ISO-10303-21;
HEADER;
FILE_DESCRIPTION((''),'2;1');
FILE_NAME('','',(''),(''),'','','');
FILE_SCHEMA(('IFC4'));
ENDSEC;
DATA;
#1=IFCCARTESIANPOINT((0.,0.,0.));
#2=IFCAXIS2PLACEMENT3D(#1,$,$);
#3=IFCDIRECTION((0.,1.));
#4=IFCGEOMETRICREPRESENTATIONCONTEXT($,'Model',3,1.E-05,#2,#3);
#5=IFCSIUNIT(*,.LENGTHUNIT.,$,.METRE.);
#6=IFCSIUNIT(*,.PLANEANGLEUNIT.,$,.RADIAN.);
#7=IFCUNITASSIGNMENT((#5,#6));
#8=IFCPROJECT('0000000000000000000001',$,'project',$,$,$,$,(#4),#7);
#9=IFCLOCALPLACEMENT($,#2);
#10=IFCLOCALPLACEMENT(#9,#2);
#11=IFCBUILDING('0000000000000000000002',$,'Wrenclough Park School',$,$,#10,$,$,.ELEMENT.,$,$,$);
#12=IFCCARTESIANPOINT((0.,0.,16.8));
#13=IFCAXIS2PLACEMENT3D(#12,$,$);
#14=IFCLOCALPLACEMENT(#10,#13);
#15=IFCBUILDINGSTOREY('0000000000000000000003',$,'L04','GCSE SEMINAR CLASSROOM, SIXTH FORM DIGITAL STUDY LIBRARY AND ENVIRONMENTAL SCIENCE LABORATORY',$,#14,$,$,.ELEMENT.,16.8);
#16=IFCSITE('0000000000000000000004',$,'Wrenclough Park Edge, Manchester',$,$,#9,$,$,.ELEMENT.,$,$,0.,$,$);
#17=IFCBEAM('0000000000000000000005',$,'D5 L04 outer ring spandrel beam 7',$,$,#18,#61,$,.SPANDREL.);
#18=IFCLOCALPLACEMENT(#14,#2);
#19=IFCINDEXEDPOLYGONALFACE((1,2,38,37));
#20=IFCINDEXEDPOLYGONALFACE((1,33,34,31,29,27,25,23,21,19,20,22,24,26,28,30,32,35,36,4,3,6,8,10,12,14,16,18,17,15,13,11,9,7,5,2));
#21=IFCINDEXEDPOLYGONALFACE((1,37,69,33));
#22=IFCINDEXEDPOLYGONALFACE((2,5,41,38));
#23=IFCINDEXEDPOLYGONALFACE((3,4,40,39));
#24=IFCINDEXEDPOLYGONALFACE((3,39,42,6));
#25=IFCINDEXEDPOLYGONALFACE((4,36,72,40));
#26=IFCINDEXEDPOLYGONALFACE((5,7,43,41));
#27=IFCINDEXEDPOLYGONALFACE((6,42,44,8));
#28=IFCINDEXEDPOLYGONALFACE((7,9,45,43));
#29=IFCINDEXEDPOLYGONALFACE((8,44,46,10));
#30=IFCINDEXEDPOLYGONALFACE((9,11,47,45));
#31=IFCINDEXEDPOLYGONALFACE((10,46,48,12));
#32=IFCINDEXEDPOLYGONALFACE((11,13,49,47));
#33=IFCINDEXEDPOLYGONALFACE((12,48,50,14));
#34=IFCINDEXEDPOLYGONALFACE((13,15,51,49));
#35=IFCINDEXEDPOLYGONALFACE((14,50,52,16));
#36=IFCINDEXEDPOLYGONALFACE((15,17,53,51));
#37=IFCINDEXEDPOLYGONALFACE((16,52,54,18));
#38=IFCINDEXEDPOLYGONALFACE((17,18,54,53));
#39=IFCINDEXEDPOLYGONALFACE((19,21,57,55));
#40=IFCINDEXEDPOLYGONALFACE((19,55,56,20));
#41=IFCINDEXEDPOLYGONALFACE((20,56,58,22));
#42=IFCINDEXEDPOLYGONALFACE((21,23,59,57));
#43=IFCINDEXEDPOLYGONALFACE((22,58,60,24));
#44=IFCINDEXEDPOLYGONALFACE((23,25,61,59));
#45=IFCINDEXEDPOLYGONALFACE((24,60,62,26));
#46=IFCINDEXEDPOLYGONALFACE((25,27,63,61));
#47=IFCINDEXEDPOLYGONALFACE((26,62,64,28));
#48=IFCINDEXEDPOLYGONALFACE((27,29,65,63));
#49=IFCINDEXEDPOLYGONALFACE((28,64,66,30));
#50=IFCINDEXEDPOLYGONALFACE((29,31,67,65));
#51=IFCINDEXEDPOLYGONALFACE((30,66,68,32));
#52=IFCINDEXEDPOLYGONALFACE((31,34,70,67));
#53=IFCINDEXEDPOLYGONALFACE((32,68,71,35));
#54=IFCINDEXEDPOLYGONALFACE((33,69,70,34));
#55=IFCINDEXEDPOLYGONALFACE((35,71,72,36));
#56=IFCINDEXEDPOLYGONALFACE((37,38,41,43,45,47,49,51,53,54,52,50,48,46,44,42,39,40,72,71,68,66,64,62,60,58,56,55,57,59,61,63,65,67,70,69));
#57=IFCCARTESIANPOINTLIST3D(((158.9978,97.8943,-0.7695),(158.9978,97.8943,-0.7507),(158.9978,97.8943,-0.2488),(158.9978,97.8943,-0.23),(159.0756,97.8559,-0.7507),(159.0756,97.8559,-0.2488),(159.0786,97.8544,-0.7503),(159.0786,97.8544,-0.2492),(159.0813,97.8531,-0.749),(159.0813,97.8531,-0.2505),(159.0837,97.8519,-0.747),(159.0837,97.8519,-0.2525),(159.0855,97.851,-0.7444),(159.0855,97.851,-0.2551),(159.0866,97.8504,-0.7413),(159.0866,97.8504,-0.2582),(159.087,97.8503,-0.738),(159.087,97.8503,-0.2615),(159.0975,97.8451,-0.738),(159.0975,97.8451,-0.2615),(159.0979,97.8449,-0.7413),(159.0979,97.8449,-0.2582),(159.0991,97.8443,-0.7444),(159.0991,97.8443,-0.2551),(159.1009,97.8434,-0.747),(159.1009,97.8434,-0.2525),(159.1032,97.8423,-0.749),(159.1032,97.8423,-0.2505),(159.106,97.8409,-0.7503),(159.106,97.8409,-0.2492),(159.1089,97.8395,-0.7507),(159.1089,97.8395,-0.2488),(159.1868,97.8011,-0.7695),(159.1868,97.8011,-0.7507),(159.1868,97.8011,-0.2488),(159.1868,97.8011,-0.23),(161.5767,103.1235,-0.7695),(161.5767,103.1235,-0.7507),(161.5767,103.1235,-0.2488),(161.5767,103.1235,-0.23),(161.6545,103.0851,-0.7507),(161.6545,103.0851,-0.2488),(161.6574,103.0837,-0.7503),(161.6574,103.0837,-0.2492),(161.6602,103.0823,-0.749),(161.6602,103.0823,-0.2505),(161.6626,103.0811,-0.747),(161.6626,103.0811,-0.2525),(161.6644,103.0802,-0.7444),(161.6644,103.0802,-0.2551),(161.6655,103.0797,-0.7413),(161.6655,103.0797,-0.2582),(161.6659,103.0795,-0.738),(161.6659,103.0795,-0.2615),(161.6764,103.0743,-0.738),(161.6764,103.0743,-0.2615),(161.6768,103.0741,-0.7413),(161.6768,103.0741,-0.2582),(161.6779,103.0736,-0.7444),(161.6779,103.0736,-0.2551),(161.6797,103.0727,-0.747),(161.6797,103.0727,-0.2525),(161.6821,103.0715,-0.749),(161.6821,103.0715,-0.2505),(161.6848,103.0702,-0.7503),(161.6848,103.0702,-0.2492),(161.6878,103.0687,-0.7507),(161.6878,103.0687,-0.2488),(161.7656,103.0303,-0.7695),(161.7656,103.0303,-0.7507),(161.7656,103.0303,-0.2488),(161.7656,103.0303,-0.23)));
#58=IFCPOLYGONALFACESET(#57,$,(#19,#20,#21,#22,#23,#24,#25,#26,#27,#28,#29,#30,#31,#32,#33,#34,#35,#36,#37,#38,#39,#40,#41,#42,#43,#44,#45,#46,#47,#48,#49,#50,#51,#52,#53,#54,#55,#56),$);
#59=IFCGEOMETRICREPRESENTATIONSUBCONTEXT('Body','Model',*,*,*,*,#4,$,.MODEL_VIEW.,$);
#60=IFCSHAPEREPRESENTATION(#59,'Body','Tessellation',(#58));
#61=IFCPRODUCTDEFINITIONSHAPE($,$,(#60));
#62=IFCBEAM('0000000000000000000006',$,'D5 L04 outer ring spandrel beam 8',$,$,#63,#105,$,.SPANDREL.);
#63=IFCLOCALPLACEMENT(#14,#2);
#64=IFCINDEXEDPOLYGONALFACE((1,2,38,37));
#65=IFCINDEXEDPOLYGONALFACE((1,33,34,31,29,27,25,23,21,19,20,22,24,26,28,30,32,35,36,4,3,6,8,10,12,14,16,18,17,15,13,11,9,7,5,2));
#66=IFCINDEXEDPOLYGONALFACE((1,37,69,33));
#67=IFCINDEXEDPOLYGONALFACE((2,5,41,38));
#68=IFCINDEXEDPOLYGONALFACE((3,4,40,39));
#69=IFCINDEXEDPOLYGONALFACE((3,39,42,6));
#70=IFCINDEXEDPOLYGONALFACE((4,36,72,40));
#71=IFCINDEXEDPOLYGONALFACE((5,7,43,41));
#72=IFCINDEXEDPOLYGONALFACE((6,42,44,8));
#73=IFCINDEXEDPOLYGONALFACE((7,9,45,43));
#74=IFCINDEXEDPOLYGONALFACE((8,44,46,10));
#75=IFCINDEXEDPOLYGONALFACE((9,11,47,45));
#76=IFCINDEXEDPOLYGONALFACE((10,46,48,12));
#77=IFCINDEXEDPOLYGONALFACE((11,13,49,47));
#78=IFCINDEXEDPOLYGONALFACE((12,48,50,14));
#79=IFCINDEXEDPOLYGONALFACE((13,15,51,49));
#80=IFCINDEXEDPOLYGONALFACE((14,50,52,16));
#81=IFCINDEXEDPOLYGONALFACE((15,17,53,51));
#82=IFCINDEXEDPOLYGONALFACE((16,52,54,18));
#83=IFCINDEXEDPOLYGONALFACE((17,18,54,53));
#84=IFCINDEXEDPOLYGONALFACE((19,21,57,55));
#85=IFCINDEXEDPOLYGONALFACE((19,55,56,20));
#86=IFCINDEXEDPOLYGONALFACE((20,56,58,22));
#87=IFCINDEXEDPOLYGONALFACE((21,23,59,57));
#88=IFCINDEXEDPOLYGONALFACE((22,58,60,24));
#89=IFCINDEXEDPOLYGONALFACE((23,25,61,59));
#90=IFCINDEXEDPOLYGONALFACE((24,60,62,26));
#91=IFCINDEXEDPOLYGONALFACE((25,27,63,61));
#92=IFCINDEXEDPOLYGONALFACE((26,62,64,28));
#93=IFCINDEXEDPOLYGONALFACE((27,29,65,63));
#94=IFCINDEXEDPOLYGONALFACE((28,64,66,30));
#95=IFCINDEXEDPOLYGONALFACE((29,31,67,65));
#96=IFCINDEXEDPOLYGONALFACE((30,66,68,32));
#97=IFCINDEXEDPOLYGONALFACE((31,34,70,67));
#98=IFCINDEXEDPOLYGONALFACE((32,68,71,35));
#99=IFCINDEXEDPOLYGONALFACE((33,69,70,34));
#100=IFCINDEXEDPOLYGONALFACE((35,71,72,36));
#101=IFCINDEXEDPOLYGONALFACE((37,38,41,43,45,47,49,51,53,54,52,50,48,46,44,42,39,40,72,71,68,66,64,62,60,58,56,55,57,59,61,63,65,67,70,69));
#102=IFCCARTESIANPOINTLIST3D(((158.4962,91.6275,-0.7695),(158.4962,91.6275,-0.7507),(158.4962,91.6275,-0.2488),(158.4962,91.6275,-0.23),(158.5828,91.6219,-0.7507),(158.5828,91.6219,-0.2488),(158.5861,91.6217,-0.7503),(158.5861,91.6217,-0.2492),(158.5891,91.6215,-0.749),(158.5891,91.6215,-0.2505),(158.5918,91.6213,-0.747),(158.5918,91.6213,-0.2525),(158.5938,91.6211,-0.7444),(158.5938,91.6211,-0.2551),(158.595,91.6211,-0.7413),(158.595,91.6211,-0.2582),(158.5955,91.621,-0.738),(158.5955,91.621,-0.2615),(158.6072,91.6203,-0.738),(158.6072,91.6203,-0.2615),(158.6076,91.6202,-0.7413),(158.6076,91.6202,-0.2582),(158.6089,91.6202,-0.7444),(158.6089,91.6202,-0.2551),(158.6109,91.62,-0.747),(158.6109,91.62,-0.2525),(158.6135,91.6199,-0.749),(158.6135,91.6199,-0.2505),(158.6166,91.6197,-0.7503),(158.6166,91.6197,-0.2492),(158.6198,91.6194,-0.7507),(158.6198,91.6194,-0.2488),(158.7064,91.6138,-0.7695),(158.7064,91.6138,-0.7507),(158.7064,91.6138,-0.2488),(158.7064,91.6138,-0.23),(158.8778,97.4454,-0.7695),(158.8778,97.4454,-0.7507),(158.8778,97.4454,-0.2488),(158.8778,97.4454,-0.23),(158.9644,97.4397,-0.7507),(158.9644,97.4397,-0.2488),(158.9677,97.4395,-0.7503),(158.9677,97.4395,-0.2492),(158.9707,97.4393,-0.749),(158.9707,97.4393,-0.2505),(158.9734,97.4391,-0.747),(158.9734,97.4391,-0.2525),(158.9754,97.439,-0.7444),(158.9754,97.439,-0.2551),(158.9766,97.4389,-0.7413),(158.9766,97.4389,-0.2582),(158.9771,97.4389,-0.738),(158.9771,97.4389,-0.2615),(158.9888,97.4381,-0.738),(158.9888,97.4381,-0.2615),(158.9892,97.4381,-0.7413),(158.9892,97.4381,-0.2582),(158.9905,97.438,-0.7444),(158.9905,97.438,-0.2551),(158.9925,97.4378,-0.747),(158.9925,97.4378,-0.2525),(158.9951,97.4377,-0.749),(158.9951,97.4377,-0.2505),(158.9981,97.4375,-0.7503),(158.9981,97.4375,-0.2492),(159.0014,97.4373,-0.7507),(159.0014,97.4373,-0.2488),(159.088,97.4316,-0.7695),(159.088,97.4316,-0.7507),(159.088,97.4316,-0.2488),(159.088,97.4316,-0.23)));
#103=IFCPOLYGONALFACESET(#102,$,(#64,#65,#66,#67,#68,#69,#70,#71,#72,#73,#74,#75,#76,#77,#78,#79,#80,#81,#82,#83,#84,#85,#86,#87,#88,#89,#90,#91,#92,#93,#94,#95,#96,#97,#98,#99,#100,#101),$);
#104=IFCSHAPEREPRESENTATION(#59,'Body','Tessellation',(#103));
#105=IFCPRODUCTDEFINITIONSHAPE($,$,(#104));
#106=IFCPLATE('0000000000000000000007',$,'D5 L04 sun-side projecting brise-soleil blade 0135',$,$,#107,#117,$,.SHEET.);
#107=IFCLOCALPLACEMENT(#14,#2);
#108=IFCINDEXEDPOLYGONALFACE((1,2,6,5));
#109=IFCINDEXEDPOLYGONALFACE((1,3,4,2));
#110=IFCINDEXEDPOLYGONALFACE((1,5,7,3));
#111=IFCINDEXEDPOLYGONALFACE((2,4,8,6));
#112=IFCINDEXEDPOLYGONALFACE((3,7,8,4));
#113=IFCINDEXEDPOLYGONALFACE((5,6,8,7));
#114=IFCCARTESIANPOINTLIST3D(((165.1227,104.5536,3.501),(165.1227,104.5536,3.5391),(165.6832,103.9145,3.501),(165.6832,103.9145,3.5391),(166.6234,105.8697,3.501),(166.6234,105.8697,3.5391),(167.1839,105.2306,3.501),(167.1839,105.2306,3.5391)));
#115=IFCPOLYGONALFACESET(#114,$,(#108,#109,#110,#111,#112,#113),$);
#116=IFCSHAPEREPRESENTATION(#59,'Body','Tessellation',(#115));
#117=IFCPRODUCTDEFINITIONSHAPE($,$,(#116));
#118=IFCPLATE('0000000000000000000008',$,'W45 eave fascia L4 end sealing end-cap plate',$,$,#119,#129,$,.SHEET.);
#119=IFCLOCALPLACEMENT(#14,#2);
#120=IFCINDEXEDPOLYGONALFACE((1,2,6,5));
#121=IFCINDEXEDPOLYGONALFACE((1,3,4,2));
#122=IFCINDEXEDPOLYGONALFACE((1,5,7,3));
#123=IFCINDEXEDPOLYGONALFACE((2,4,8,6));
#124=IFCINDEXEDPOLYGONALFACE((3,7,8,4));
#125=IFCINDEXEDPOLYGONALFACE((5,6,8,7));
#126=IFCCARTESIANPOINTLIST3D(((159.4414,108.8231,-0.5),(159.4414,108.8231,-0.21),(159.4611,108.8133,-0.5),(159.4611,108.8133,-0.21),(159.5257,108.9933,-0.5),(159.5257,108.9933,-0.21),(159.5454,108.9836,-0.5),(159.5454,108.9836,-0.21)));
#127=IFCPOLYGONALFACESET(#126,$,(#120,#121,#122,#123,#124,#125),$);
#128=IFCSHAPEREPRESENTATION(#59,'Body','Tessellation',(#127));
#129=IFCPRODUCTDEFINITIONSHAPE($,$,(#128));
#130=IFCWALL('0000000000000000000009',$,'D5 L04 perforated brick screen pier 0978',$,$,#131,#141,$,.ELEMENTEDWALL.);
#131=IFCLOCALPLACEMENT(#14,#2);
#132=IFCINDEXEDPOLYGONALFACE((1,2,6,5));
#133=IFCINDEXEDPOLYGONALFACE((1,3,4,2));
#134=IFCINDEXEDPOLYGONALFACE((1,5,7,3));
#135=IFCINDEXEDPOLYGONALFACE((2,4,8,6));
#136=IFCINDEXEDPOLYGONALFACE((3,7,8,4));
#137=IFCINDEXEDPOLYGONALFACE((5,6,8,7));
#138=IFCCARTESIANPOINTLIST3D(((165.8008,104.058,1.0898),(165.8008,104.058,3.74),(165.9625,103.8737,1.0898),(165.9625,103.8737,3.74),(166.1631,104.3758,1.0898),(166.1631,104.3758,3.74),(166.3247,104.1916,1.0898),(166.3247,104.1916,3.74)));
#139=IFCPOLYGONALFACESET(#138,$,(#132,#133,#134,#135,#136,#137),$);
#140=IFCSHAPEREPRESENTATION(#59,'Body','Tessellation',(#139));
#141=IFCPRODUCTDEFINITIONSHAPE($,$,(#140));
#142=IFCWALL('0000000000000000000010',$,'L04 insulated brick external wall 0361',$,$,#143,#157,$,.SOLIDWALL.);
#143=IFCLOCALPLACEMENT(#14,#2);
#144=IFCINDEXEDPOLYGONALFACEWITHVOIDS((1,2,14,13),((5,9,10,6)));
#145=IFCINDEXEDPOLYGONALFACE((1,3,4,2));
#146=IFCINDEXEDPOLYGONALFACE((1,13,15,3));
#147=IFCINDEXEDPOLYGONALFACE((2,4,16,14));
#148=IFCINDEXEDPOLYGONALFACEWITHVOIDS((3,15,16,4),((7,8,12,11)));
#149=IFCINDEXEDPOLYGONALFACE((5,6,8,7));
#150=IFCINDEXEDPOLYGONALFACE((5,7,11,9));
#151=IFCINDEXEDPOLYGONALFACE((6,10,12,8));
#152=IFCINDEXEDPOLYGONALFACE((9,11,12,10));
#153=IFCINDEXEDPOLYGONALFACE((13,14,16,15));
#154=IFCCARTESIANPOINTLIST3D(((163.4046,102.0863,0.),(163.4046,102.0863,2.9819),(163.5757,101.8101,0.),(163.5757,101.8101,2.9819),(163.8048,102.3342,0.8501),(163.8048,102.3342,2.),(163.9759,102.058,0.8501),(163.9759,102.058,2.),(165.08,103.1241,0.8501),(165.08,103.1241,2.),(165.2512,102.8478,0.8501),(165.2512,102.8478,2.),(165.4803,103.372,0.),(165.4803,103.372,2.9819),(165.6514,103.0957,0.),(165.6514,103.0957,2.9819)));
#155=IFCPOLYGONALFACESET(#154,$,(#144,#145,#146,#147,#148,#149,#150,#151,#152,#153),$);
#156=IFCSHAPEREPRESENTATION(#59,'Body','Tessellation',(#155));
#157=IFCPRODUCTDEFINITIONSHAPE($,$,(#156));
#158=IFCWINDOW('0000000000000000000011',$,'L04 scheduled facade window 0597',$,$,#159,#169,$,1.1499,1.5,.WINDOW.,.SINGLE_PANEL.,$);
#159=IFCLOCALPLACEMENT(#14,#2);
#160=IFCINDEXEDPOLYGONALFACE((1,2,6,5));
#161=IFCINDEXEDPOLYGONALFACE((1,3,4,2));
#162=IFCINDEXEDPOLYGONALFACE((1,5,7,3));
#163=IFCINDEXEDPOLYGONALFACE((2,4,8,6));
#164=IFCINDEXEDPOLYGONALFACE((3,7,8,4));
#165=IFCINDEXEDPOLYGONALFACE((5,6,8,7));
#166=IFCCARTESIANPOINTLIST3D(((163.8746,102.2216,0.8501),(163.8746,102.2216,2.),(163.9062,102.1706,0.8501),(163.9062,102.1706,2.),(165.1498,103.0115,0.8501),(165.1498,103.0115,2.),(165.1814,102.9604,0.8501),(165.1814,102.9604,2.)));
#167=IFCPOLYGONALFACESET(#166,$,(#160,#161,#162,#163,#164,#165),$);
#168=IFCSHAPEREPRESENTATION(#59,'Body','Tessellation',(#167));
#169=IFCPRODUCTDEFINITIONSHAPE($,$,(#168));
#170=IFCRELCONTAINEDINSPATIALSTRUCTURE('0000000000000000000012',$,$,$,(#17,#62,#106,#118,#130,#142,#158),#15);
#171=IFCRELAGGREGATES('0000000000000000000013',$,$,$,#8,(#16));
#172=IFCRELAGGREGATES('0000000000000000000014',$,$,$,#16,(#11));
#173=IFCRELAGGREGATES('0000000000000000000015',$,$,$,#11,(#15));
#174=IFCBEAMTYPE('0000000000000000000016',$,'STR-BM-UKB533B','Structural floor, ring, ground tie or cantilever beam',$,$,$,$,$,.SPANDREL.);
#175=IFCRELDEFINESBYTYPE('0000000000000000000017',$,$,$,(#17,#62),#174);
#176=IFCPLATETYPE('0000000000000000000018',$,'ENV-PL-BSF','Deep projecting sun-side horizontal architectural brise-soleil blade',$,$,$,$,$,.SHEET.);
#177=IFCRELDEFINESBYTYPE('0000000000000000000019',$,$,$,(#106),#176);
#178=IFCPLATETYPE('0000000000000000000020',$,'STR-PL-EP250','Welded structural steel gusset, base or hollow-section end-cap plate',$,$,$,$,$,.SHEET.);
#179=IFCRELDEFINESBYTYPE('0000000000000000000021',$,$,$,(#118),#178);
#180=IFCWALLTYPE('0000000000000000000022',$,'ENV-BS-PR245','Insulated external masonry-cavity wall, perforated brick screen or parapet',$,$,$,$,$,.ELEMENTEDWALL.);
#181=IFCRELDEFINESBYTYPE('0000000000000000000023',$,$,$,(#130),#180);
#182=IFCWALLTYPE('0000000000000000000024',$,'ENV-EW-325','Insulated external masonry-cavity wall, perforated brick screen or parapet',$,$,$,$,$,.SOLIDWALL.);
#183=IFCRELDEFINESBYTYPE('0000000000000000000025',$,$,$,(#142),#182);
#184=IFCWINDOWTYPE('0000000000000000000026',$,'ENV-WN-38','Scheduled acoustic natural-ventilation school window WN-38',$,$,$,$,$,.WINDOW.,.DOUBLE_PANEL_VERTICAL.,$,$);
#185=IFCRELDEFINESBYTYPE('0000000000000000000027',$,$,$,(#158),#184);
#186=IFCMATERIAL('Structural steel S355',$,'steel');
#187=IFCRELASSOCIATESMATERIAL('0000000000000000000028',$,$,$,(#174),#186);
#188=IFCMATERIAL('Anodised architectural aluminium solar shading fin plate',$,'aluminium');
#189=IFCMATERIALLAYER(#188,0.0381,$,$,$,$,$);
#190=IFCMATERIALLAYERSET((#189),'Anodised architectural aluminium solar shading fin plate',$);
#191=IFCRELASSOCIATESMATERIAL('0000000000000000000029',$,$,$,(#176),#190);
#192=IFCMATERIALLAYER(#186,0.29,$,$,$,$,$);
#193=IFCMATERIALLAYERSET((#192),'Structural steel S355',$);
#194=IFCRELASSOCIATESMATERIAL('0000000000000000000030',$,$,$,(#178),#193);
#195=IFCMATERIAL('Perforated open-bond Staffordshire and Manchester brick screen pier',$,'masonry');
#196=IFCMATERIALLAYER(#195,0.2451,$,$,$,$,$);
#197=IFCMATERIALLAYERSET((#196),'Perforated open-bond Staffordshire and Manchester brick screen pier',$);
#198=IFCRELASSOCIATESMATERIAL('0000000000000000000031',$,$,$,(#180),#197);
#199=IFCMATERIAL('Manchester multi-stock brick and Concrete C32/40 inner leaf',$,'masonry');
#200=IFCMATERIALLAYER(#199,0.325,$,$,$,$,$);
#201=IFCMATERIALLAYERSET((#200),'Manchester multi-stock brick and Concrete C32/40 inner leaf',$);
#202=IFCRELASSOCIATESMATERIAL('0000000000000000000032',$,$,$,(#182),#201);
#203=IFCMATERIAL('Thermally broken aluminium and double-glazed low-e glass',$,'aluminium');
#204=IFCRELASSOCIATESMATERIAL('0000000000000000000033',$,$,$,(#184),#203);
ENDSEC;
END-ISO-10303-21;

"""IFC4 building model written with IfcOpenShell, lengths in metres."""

from ifc_helpers import new_model, si_unit, direction, frame, frame_2d, origin, origin_2d, place, context, subcontext, project, spatial, rectangle, i_section, extrude, material, layer, layer_set, material_profile, profile_set, type_object, element, fill, save


model = new_model("IFC4")

# Units and contexts
model_context = context("Model", 3, precision=1e-05, world=origin(), true_north=direction((0.0, 1.0)))
body_context = subcontext(model_context, "Body", "Model", "MODEL_VIEW")
ifc_project = project(units=[si_unit("LENGTHUNIT", "METRE"), si_unit("PLANEANGLEUNIT", "RADIAN")], contexts=[model_context])

# Site, building, storey
site_placement = place(None, origin())
site = spatial("IfcSite", under=ifc_project, at=site_placement, Name="Wrenclough Park Edge, Manchester", CompositionType="ELEMENT", RefElevation=0.0)
building_placement = place(site_placement, origin())
building = spatial("IfcBuilding", under=site, at=building_placement, Name="Wrenclough Park School", CompositionType="ELEMENT")
storey_placement = place(building_placement, frame((0.0, 0.0, 16.8)))
storey = spatial("IfcBuildingStorey", under=building, at=storey_placement, Name="L04", Description="GCSE SEMINAR CLASSROOM, SIXTH FORM DIGITAL STUDY LIBRARY AND ENVIRONMENTAL SCIENCE LABORATORY", CompositionType="ELEMENT", Elevation=16.8)

# Beams
ifc_material_1 = material(Name="Structural steel S355", Category="steel")
ifc_material_profile_1 = material_profile(ifc_material_1, i_section(OverallWidth=0.2107, OverallDepth=0.5396, WebThickness=0.0117, FlangeThickness=0.0188, FilletRadius=0.0127, at=origin_2d()), Name="UKB 533x210x109")
ifc_profile_set_1 = profile_set([ifc_material_profile_1], Name="Structural steel S355")
beam_type_1 = type_object("IfcBeamType", Name="STR-BM-UKB533B", Description="Structural floor, ring, ground tie or cantilever beam", PredefinedType="SPANDREL", material=ifc_profile_set_1)
beam_1_placement = place(storey_placement, frame((161.6711, 103.0769, -0.4998), z_axis=(-0.442299, -0.896867, 0.0), x_axis=(0.896867, -0.442299, 0.0)))
element("IfcBeam", 1, at=beam_1_placement, inside=storey, type_object=beam_type_1, Name="D5 L04 outer ring spandrel beam 7", PredefinedType="SPANDREL", context=body_context, shape_type="SweptSolid", body=[
    extrude(i_section(OverallWidth=0.2107, OverallDepth=0.5396, WebThickness=0.0117, FlangeThickness=0.0188, FilletRadius=0.0127, at=origin_2d()), origin(), (0.0, 0.0, 1.0), 5.8306),
])
beam_2_placement = place(storey_placement, frame((158.9829, 97.4385, -0.4998), z_axis=(-0.065449, -0.997856, 0.0), x_axis=(0.997856, -0.065449, 0.0)))
element("IfcBeam", 2, at=beam_2_placement, inside=storey, type_object=beam_type_1, Name="D5 L04 outer ring spandrel beam 8", PredefinedType="SPANDREL", context=body_context, shape_type="SweptSolid", body=[
    extrude(i_section(OverallWidth=0.2107, OverallDepth=0.5396, WebThickness=0.0117, FlangeThickness=0.0188, FilletRadius=0.0127, at=origin_2d()), origin(), (0.0, 0.0, 1.0), 5.8303),
])

# Plates
ifc_material_2 = material(Name="Anodised architectural aluminium solar shading fin plate", Category="aluminium")
ifc_layer_1 = layer(ifc_material_2, 0.0381)
ifc_layer_set_1 = layer_set([ifc_layer_1], Name="Anodised architectural aluminium solar shading fin plate")
plate_type_1 = type_object("IfcPlateType", Name="ENV-PL-BSF", Description="Deep projecting sun-side horizontal architectural brise-soleil blade", PredefinedType="SHEET", material=ifc_layer_set_1)
plate_1_placement = place(storey_placement, frame((166.1533, 104.8921, 3.501), z_axis=(0.0, 0.0, 1.0), x_axis=(-0.751826, -0.659361, 0.0)))
element("IfcPlate", 3, at=plate_1_placement, inside=storey, type_object=plate_type_1, Name="D5 L04 sun-side projecting brise-soleil blade 0135", PredefinedType="SHEET", context=body_context, shape_type="SweptSolid", body=[
    extrude(rectangle(XDim=1.9961, YDim=0.8501, at=origin_2d()), origin(), (0.0, 0.0, 1.0), 0.0381),
])
ifc_layer_2 = layer(ifc_material_1, 0.29)
ifc_layer_set_2 = layer_set([ifc_layer_2], Name="Structural steel S355")
plate_type_2 = type_object("IfcPlateType", Name="STR-PL-EP250", Description="Welded structural steel gusset, base or hollow-section end-cap plate", PredefinedType="SHEET", material=ifc_layer_set_2)
plate_2_placement = place(storey_placement, frame((159.4934, 108.9033, -0.5), z_axis=(0.0, 0.0, 1.0), x_axis=(0.896254, -0.443541, 0.0)))
element("IfcPlate", 4, at=plate_2_placement, inside=storey, type_object=plate_type_2, Name="W45 eave fascia L4 end sealing end-cap plate", PredefinedType="SHEET", context=body_context, shape_type="SweptSolid", body=[
    extrude(rectangle(XDim=0.022, YDim=0.1899, at=origin_2d()), origin(), (0.0, 0.0, 1.0), 0.29),
])

# Wall
ifc_material_3 = material(Name="Perforated open-bond Staffordshire and Manchester brick screen pier", Category="masonry")
ifc_layer_3 = layer(ifc_material_3, 0.2451)
ifc_layer_set_3 = layer_set([ifc_layer_3], Name="Perforated open-bond Staffordshire and Manchester brick screen pier")
wall_type_1 = type_object("IfcWallType", Name="ENV-BS-PR245", Description="Insulated external masonry-cavity wall, perforated brick screen or parapet", PredefinedType="ELEMENTEDWALL", material=ifc_layer_set_3)
wall_1_placement = place(storey_placement, frame((166.2439, 104.2837, 1.0898), z_axis=(0.0, 0.0, 1.0), x_axis=(-0.751697, -0.659508, 0.0)))
element("IfcWall", 5, at=wall_1_placement, inside=storey, type_object=wall_type_1, Name="D5 L04 perforated brick screen pier 0978", PredefinedType="ELEMENTEDWALL", context=body_context, shape_type="SweptSolid", body=[
    extrude(rectangle(XDim=0.4819, YDim=0.2451, at=frame_2d((0.241, 0.0))), origin(), (0.0, 0.0, 1.0), 2.6501),
])

# Shared definitions
ifc_material_4 = material(Name="Manchester multi-stock brick and Concrete C32/40 inner leaf", Category="masonry")

# Wall, opening, window
ifc_layer_4 = layer(ifc_material_4, 0.325)
ifc_layer_set_4 = layer_set([ifc_layer_4], Name="Manchester multi-stock brick and Concrete C32/40 inner leaf")
wall_type_2 = type_object("IfcWallType", Name="ENV-EW-325", Description="Insulated external masonry-cavity wall, perforated brick screen or parapet", PredefinedType="SOLIDWALL", material=ifc_layer_set_4)
wall_2_placement = place(storey_placement, frame((163.4902, 101.9482, 0.0), z_axis=(0.0, 0.0, 1.0), x_axis=(0.850137, 0.526561, 0.0)))
wall_2 = element("IfcWall", 6, at=wall_2_placement, inside=storey, type_object=wall_type_2, Name="L04 insulated brick external wall 0361", PredefinedType="SOLIDWALL", context=body_context, shape_type="SweptSolid", body=[
    extrude(rectangle(XDim=2.4417, YDim=0.325, at=frame_2d((1.2207, 0.0))), origin(), (0.0, 0.0, 1.0), 2.9819),
])
opening_1_placement = place(wall_2_placement, frame((0.4707, 0.0, 0.8501)))
opening_1 = element("IfcOpeningElement", 7, at=opening_1_placement, cuts=wall_2, PredefinedType="OPENING", context=body_context, shape_type="SweptSolid", body=[
    extrude(rectangle(XDim=1.5, YDim=1.1499, at=frame_2d((0.75, 0.575))), frame((0.0, 0.1724, 0.0), z_axis=(0.0, -1.0, 0.0), x_axis=(1.0, 0.0, 0.0)), (0.0, 0.0, 1.0), 0.345),
])
ifc_material_5 = material(Name="Thermally broken aluminium and double-glazed low-e glass", Category="aluminium")
window_type_1 = type_object("IfcWindowType", Name="ENV-WN-38", Description="Scheduled acoustic natural-ventilation school window WN-38", PartitioningType="DOUBLE_PANEL_VERTICAL", PredefinedType="WINDOW", material=ifc_material_5)
window_1_placement = place(opening_1_placement, origin())
window_1 = element("IfcWindow", 8, at=window_1_placement, inside=storey, type_object=window_type_1, Name="L04 scheduled facade window 0597", OverallHeight=1.1499, OverallWidth=1.5, PartitioningType="SINGLE_PANEL", PredefinedType="WINDOW", context=body_context, shape_type="SweptSolid", body=[
    extrude(rectangle(XDim=1.5, YDim=1.1499, at=frame_2d((0.75, 0.575))), frame((0.0, 0.03, 0.0), z_axis=(0.0, -1.0, 0.0), x_axis=(1.0, 0.0, 0.0)), (0.0, 0.0, 1.0), 0.0601),
])
fill(opening_1, window_1)

save(model, "model.ifc")
